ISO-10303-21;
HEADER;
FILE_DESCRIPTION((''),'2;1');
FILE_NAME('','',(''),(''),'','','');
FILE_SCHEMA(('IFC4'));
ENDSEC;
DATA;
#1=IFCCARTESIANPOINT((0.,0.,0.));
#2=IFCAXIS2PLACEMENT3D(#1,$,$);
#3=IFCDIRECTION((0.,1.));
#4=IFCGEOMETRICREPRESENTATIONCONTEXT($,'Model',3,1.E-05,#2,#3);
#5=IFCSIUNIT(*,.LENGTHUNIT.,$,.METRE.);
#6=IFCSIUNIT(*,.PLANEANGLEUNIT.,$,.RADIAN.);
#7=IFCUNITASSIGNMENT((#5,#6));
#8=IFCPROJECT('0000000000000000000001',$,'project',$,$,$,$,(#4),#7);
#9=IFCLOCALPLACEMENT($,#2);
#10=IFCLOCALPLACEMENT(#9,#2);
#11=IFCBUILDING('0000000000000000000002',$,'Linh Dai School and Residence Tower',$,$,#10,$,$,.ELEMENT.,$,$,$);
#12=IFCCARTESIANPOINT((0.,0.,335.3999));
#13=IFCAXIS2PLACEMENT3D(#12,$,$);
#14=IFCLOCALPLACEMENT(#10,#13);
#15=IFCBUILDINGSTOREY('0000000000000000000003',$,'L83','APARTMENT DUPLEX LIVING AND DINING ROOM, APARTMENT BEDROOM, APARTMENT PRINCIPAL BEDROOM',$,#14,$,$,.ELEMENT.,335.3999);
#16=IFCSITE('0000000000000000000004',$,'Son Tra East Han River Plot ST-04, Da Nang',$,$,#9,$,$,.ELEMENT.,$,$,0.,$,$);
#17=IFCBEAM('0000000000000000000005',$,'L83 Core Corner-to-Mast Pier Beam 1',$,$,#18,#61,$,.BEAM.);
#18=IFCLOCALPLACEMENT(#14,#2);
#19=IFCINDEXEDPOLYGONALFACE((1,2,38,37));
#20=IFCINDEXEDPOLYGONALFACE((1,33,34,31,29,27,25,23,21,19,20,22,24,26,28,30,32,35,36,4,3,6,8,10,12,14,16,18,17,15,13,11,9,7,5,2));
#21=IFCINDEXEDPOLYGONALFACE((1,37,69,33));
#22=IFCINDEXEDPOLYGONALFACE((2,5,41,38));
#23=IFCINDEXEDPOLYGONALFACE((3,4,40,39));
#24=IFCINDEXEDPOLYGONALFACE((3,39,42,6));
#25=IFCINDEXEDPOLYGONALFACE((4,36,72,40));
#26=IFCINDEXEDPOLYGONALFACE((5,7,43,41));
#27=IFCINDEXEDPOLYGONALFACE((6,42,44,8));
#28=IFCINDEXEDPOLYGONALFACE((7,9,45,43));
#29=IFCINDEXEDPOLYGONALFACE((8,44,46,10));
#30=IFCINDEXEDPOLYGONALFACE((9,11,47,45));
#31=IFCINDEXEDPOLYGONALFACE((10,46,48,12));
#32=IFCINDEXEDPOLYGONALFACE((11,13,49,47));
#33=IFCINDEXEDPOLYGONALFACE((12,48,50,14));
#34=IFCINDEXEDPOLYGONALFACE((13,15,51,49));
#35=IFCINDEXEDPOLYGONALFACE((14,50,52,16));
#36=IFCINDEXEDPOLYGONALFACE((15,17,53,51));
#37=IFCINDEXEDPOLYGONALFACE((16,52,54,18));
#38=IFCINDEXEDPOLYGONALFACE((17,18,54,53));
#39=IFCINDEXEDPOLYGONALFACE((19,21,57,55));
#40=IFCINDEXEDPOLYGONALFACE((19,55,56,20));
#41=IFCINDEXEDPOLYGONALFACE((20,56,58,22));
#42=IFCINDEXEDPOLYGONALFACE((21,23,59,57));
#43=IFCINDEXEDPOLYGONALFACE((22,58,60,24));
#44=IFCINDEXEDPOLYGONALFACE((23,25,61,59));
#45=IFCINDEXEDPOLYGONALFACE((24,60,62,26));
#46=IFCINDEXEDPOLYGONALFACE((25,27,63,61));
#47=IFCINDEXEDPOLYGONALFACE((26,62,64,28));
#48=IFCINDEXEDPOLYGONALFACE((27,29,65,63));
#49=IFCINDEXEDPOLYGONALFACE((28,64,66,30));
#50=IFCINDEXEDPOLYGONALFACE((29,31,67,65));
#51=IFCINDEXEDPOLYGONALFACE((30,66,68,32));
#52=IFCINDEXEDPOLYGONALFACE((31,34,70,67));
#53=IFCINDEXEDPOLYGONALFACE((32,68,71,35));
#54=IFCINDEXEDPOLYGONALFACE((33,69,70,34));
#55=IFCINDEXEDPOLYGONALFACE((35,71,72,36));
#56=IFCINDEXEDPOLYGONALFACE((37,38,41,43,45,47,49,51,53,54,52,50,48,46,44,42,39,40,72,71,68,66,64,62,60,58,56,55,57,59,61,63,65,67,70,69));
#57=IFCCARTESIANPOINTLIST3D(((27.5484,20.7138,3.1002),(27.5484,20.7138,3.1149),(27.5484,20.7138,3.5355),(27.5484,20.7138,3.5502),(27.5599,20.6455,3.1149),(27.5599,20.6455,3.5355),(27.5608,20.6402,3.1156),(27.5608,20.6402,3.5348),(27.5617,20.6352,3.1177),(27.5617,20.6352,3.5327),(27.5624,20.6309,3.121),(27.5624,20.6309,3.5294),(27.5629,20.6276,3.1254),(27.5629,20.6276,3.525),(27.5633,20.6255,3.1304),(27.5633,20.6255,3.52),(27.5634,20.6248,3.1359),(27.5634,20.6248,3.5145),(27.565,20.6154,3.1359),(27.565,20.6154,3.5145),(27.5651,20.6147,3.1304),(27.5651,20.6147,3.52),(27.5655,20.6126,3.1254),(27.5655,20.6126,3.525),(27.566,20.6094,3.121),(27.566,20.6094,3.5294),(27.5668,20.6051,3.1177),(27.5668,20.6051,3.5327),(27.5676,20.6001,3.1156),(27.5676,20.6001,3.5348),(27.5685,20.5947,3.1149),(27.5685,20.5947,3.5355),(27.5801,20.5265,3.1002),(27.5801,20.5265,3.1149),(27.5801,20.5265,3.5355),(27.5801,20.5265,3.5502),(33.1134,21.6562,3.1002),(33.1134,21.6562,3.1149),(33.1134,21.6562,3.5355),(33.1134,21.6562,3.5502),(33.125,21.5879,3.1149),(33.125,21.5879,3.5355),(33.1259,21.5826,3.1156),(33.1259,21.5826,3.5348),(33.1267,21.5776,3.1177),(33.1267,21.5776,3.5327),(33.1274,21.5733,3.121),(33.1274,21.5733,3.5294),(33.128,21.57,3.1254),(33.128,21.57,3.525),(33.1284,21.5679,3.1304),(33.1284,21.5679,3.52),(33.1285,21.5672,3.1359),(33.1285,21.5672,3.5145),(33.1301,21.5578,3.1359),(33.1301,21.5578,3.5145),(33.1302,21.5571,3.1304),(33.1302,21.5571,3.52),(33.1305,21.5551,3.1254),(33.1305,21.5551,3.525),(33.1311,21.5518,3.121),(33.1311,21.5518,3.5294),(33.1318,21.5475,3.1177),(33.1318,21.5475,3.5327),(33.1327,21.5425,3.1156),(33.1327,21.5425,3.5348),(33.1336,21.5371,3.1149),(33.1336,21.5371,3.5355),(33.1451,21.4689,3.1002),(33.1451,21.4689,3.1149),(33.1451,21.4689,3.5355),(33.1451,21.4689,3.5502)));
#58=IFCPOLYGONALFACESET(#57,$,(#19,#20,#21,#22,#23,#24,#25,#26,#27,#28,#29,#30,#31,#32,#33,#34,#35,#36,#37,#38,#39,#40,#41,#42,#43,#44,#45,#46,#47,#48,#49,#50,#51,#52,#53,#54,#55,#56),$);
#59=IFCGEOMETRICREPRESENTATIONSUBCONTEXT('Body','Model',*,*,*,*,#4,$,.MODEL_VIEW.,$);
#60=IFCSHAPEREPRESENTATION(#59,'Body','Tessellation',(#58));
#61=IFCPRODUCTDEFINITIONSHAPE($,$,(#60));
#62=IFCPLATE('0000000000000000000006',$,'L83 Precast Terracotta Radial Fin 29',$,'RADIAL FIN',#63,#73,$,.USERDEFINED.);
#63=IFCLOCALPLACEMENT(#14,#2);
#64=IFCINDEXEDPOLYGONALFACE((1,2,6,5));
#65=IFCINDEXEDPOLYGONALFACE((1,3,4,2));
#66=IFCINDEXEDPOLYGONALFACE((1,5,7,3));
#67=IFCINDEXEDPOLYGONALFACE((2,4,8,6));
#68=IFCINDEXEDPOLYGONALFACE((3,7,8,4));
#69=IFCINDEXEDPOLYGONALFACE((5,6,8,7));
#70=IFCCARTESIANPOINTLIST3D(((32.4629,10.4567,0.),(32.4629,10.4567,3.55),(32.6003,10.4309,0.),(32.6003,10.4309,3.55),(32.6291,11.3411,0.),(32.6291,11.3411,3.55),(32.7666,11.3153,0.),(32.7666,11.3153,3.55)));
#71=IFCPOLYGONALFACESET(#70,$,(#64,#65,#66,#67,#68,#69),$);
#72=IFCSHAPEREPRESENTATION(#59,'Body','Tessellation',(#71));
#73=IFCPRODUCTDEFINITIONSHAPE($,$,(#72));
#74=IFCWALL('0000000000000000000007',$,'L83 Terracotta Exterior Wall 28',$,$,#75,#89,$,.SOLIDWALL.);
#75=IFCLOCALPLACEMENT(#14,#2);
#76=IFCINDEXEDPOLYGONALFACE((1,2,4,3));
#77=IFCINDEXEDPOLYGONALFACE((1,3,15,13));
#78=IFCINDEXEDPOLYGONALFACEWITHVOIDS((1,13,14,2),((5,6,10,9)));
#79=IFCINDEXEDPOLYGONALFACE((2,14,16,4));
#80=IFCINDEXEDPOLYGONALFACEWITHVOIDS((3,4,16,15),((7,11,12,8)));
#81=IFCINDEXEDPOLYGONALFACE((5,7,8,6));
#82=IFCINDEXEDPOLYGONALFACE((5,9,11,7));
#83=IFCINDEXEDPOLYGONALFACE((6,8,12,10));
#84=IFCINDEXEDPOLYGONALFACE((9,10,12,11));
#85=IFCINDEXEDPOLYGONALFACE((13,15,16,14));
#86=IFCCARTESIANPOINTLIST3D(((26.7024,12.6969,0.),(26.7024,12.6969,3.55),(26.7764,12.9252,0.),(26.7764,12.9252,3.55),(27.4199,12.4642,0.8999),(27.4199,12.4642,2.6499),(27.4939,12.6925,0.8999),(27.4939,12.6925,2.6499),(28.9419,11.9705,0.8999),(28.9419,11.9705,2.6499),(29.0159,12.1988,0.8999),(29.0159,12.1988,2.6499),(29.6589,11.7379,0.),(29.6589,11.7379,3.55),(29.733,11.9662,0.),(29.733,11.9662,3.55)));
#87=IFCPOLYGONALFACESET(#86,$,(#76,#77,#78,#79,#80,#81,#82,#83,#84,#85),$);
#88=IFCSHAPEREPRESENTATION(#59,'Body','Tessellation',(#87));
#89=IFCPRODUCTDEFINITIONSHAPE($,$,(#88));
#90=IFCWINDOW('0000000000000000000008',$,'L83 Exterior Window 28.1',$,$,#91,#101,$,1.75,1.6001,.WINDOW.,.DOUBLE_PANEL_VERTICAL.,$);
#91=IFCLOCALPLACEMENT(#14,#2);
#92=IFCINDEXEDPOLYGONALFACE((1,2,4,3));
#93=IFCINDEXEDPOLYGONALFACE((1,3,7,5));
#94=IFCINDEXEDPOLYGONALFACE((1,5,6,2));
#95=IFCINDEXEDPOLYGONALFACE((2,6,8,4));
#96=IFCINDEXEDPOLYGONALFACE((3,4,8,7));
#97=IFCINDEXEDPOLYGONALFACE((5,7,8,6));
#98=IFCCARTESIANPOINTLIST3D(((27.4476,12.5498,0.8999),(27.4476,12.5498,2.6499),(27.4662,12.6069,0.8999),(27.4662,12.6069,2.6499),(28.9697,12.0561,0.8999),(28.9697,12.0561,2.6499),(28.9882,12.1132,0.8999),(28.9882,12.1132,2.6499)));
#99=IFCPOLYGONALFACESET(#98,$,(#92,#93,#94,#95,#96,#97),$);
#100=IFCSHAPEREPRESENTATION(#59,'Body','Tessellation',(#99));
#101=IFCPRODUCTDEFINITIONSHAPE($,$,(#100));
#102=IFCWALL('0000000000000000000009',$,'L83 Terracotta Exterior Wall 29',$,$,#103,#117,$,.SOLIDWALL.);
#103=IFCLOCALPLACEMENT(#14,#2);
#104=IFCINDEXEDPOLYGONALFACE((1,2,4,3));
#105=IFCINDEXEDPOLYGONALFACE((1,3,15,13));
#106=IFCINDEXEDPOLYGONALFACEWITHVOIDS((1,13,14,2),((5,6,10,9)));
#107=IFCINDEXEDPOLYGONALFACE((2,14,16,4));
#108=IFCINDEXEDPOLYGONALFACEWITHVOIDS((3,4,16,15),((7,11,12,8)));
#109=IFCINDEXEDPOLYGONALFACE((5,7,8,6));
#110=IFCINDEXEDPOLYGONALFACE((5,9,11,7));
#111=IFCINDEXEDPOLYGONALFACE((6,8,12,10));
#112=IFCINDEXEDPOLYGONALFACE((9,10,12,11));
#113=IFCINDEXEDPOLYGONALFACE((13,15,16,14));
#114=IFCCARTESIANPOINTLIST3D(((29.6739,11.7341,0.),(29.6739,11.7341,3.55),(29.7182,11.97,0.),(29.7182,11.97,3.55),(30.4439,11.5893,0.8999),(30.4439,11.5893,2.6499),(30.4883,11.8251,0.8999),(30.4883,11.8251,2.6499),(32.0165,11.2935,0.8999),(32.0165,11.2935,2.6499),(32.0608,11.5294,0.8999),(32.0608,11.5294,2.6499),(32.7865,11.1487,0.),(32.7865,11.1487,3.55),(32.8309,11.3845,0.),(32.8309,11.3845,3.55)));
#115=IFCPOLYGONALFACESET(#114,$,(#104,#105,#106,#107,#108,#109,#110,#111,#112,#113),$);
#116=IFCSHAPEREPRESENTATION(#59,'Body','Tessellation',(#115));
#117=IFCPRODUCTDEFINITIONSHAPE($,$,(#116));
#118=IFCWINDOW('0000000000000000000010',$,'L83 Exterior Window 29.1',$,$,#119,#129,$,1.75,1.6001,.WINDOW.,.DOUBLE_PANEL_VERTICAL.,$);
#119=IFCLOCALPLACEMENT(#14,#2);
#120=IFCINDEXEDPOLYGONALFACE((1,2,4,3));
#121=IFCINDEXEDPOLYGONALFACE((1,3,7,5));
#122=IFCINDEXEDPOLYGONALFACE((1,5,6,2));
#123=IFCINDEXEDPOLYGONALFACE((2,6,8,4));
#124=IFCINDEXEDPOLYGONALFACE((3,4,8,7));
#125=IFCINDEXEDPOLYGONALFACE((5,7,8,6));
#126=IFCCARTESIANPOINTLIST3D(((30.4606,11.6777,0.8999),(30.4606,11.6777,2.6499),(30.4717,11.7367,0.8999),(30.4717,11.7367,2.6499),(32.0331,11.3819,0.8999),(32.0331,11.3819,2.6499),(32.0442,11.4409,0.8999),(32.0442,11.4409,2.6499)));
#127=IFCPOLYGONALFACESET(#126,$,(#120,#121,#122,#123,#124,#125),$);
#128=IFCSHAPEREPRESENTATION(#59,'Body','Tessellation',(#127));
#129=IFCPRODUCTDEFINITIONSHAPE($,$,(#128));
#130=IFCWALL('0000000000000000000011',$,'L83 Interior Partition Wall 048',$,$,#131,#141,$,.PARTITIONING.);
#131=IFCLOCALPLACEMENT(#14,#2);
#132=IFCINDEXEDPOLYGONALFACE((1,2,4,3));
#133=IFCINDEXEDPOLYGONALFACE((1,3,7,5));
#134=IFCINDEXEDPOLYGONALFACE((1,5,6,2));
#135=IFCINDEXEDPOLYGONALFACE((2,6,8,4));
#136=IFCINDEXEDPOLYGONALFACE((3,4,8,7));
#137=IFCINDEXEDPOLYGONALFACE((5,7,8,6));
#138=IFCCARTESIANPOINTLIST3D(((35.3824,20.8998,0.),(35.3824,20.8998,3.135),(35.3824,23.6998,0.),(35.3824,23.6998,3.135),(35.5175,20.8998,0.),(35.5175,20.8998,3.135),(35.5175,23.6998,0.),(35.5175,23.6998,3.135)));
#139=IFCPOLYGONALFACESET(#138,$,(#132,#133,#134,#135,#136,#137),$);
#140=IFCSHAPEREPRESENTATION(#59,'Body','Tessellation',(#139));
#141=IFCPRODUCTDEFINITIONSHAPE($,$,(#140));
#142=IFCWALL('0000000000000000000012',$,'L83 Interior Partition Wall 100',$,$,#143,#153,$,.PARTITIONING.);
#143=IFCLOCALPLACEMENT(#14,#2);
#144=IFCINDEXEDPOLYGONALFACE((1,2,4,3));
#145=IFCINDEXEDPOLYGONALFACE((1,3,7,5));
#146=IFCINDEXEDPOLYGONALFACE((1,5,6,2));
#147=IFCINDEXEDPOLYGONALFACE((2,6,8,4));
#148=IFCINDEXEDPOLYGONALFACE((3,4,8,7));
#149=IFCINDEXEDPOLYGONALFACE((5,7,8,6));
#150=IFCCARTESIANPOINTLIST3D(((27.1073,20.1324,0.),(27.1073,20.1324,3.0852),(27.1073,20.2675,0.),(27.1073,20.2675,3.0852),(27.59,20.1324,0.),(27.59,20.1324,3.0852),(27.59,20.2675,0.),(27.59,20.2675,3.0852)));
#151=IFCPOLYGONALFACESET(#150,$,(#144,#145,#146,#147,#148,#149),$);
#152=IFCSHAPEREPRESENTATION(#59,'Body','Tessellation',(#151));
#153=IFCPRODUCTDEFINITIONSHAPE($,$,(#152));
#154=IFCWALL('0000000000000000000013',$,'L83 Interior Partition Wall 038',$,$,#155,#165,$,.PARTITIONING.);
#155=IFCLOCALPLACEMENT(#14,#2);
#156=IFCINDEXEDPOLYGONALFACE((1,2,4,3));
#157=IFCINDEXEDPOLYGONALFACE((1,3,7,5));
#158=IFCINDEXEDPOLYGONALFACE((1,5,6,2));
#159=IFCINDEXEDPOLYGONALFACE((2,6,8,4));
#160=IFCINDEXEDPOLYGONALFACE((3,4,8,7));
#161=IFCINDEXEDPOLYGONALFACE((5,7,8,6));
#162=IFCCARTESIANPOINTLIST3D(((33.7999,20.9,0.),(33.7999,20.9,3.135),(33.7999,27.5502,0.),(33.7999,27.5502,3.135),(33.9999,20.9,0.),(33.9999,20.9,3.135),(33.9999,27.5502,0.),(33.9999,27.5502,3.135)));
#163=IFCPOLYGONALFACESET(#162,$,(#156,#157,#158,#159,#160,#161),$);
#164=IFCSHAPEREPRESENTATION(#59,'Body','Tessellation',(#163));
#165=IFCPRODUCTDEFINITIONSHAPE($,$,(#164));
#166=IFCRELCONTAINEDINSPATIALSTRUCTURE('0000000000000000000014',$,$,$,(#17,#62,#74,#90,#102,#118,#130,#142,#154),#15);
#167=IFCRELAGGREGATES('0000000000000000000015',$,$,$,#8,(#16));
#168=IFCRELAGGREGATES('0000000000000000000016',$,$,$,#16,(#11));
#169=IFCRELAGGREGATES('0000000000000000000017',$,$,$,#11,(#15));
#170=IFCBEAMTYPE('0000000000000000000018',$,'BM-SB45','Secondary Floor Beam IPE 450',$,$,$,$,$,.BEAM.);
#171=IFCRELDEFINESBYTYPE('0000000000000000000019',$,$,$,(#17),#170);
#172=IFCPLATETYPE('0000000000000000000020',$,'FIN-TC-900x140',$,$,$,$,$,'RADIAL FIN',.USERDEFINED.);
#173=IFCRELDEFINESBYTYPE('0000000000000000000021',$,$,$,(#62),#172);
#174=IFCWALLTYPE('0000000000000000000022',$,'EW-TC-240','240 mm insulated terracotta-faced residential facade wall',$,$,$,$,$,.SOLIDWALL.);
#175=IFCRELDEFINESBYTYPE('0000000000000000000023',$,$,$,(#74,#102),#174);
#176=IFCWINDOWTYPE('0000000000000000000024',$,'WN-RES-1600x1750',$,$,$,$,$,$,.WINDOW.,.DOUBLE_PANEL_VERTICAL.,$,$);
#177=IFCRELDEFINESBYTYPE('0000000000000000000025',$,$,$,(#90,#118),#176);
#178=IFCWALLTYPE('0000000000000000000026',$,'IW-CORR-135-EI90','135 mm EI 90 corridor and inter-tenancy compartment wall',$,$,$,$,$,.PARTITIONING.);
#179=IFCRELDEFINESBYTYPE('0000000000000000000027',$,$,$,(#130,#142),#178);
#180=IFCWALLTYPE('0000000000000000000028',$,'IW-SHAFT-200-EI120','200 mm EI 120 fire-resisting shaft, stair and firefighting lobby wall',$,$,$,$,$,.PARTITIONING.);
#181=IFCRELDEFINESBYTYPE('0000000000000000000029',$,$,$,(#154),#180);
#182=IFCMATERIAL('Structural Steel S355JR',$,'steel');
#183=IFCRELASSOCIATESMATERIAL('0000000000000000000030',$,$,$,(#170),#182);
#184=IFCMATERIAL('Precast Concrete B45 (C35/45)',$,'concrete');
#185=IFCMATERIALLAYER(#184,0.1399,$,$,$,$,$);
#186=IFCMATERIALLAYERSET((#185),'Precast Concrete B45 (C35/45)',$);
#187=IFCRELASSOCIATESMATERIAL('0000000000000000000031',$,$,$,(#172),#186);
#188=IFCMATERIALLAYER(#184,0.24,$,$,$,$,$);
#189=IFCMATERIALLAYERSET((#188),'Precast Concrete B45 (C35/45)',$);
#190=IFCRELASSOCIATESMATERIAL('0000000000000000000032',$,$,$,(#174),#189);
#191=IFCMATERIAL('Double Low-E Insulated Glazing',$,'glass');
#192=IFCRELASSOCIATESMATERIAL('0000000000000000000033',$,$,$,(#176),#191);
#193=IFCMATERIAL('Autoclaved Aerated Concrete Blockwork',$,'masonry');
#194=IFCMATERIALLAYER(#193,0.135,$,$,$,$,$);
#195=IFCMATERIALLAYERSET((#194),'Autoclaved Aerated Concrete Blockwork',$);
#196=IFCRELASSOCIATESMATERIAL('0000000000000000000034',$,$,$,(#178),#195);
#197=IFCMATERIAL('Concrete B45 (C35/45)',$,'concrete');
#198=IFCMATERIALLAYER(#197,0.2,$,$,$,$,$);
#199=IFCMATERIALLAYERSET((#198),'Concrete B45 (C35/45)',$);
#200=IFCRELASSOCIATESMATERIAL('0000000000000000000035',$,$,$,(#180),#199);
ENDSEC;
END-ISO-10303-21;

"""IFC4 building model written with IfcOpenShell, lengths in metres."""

from ifc_helpers import new_model, si_unit, direction, frame, frame_2d, origin, origin_2d, place, context, subcontext, project, spatial, rectangle, i_section, extrude, source, transform, mapped, material, layer, layer_set, material_profile, profile_set, type_object, element, fill, save


model = new_model("IFC4")

# Units and contexts
model_context = context("Model", 3, precision=1e-05, world=origin(), true_north=direction((0.0, 1.0)))
body_context = subcontext(model_context, "Body", "Model", "MODEL_VIEW")
ifc_project = project(units=[si_unit("LENGTHUNIT", "METRE"), si_unit("PLANEANGLEUNIT", "RADIAN")], contexts=[model_context])

# Site, building, storey
site_placement = place(None, origin())
site = spatial("IfcSite", under=ifc_project, at=site_placement, Name="Son Tra East Han River Plot ST-04, Da Nang", CompositionType="ELEMENT", RefElevation=0.0)
building_placement = place(site_placement, origin())
building = spatial("IfcBuilding", under=site, at=building_placement, Name="Linh Dai School and Residence Tower", CompositionType="ELEMENT")
storey_placement = place(building_placement, frame((0.0, 0.0, 335.3999)))
storey = spatial("IfcBuildingStorey", under=building, at=storey_placement, Name="L83", Description="APARTMENT DUPLEX LIVING AND DINING ROOM, APARTMENT BEDROOM, APARTMENT PRINCIPAL BEDROOM", CompositionType="ELEMENT", Elevation=335.3999)

# Shared definitions
ifc_material_1 = material(Name="Concrete B45 (C35/45)", Category="concrete")
ifc_material_2 = material(Name="Structural Steel S355JR", Category="steel")

# Beam
ifc_material_profile_1 = material_profile(ifc_material_2, i_section(OverallWidth=0.1899, OverallDepth=0.45, WebThickness=0.0095, FlangeThickness=0.0146, FilletRadius=0.021, at=origin_2d()), Name="IPE 450")
ifc_profile_set_1 = profile_set([ifc_material_profile_1], Name="Structural Steel S355JR")
beam_type_1 = type_object("IfcBeamType", Name="BM-SB45", Description="Secondary Floor Beam IPE 450", PredefinedType="BEAM", material=ifc_profile_set_1)
beam_1_placement = place(storey_placement, frame((27.5642, 20.6201, 3.3252), z_axis=(0.985963, 0.166966, 0.0), x_axis=(-0.166966, 0.985963, 0.0)))
element("IfcBeam", 1, at=beam_1_placement, inside=storey, type_object=beam_type_1, Name="L83 Core Corner-to-Mast Pier Beam 1", PredefinedType="BEAM", context=body_context, shape_type="SweptSolid", body=[
    extrude(i_section(OverallWidth=0.1899, OverallDepth=0.45, WebThickness=0.0095, FlangeThickness=0.0146, FilletRadius=0.021, at=origin_2d()), origin(), (0.0, 0.0, 1.0), 5.6443),
])

# Plate
ifc_material_3 = material(Name="Precast Concrete B45 (C35/45)", Category="concrete")
ifc_layer_1 = layer(ifc_material_3, 0.1399)
ifc_layer_set_1 = layer_set([ifc_layer_1], Name="Precast Concrete B45 (C35/45)")
plate_type = type_object("IfcPlateType", Name="FIN-TC-900x140", ElementType="RADIAL FIN", PredefinedType="USERDEFINED", material=ifc_layer_set_1)
shared_shape_1 = source(origin(), body_context, "Body", "SweptSolid", [
    extrude(rectangle(XDim=0.8999, YDim=0.1399, at=origin_2d()), origin(), (0.0, 0.0, 1.0), 3.55),
])
plate_placement = place(storey_placement, frame((32.6147, 10.886, 0.0), z_axis=(0.0, 0.0, 1.0), x_axis=(-0.184785, -0.982779, 0.0)))
element("IfcPlate", 2, at=plate_placement, inside=storey, type_object=plate_type, Name="L83 Precast Terracotta Radial Fin 29", ObjectType="RADIAL FIN", PredefinedType="USERDEFINED", context=body_context, shape_type="MappedRepresentation", body=[
    mapped(shared_shape_1, transform((0.0, 0.0, 0.0), x_axis=(1.0, 0.0, 0.0), y_axis=(0.0, 1.0, 0.0), z_axis=(0.0, 0.0, 1.0), scale=1.0)),
])

# Walls, openings, windows
ifc_layer_2 = layer(ifc_material_3, 0.24)
ifc_layer_set_2 = layer_set([ifc_layer_2], Name="Precast Concrete B45 (C35/45)")
wall_type_1 = type_object("IfcWallType", Name="EW-TC-240", Description="240 mm insulated terracotta-faced residential facade wall", PredefinedType="SOLIDWALL", material=ifc_layer_set_2)
wall_1_placement = place(storey_placement, frame((29.696, 11.8521, 0.0), z_axis=(0.0, 0.0, 1.0), x_axis=(-0.951213, 0.308535, 0.0)))
wall_1 = element("IfcWall", 3, at=wall_1_placement, inside=storey, type_object=wall_type_1, Name="L83 Terracotta Exterior Wall 28", PredefinedType="SOLIDWALL", context=body_context, shape_type="SweptSolid", body=[
    extrude(rectangle(XDim=3.1082, YDim=0.24, at=frame_2d((1.5542, 0.0))), origin(), (0.0, 0.0, 1.0), 3.55),
])
opening_1_placement = place(wall_1_placement, frame((0.7539, 0.0, 0.8999)))
opening_1 = element("IfcOpeningElement", 4, at=opening_1_placement, cuts=wall_1, PredefinedType="OPENING", context=body_context, shape_type="SweptSolid", body=[
    extrude(rectangle(XDim=1.6001, YDim=1.75, at=origin_2d()), frame((0.8, 0.1299, 0.875), z_axis=(0.0, -1.0, 0.0), x_axis=(1.0, 0.0, 0.0)), (0.0, 0.0, 1.0), 0.26),
])
ifc_material_4 = material(Name="Double Low-E Insulated Glazing", Category="glass")
window_type = type_object("IfcWindowType", Name="WN-RES-1600x1750", PartitioningType="DOUBLE_PANEL_VERTICAL", PredefinedType="WINDOW", material=ifc_material_4)
shared_shape_2 = source(origin(), body_context, "Body", "SweptSolid", [
    extrude(rectangle(XDim=1.6001, YDim=1.75, at=origin_2d()), frame((0.8, 0.03, 0.875), z_axis=(0.0, -1.0, 0.0), x_axis=(1.0, 0.0, 0.0)), (0.0, 0.0, 1.0), 0.0601),
])
window_1_placement = place(opening_1_placement, origin())
window_1 = element("IfcWindow", 5, at=window_1_placement, inside=storey, type_object=window_type, Name="L83 Exterior Window 28.1", OverallHeight=1.75, OverallWidth=1.6001, PartitioningType="DOUBLE_PANEL_VERTICAL", PredefinedType="WINDOW", context=body_context, shape_type="MappedRepresentation", body=[
    mapped(shared_shape_2, transform((0.0, 0.0, 0.0), x_axis=(1.0, 0.0, 0.0), y_axis=(0.0, 1.0, 0.0), z_axis=(0.0, 0.0, 1.0), scale=1.0)),
])
fill(opening_1, window_1)
wall_2_placement = place(storey_placement, frame((32.8086, 11.2666, 0.0), z_axis=(0.0, 0.0, 1.0), x_axis=(-0.982766, 0.184852, 0.0)))
wall_2 = element("IfcWall", 6, at=wall_2_placement, inside=storey, type_object=wall_type_1, Name="L83 Terracotta Exterior Wall 29", PredefinedType="SOLIDWALL", context=body_context, shape_type="SweptSolid", body=[
    extrude(rectangle(XDim=3.1672, YDim=0.24, at=frame_2d((1.5835, 0.0))), origin(), (0.0, 0.0, 1.0), 3.55),
])
opening_2_placement = place(wall_2_placement, frame((0.7834, 0.0, 0.8999)))
opening_2 = element("IfcOpeningElement", 7, at=opening_2_placement, cuts=wall_2, PredefinedType="OPENING", context=body_context, shape_type="SweptSolid", body=[
    extrude(rectangle(XDim=1.6001, YDim=1.75, at=origin_2d()), frame((0.8, 0.1299, 0.875), z_axis=(0.0, -1.0, 0.0), x_axis=(1.0, 0.0, 0.0)), (0.0, 0.0, 1.0), 0.26),
])
window_2_placement = place(opening_2_placement, origin())
window_2 = element("IfcWindow", 8, at=window_2_placement, inside=storey, type_object=window_type, Name="L83 Exterior Window 29.1", OverallHeight=1.75, OverallWidth=1.6001, PartitioningType="DOUBLE_PANEL_VERTICAL", PredefinedType="WINDOW", context=body_context, shape_type="MappedRepresentation", body=[
    mapped(shared_shape_2, transform((0.0, 0.0, 0.0), x_axis=(1.0, 0.0, 0.0), y_axis=(0.0, 1.0, 0.0), z_axis=(0.0, 0.0, 1.0), scale=1.0)),
])
fill(opening_2, window_2)

# Walls
ifc_material_5 = material(Name="Autoclaved Aerated Concrete Blockwork", Category="masonry")
ifc_layer_3 = layer(ifc_material_5, 0.135)
ifc_layer_set_3 = layer_set([ifc_layer_3], Name="Autoclaved Aerated Concrete Blockwork")
wall_type_2 = type_object("IfcWallType", Name="IW-CORR-135-EI90", Description="135 mm EI 90 corridor and inter-tenancy compartment wall", PredefinedType="PARTITIONING", material=ifc_layer_set_3)
wall_3_placement = place(storey_placement, frame((35.45, 20.8999, 0.0), z_axis=(0.0, 0.0, 1.0), x_axis=(0.0, 1.0, 0.0)))
element("IfcWall", 9, at=wall_3_placement, inside=storey, type_object=wall_type_2, Name="L83 Interior Partition Wall 048", PredefinedType="PARTITIONING", context=body_context, shape_type="SweptSolid", body=[
    extrude(rectangle(XDim=2.8, YDim=0.135, at=frame_2d((1.3999, 0.0))), origin(), (0.0, 0.0, 1.0), 3.135),
])
wall_4_placement = place(storey_placement, frame((27.1074, 20.2, 0.0), z_axis=(0.0, 0.0, 1.0), x_axis=(1.0, 0.0, 0.0)))
element("IfcWall", 10, at=wall_4_placement, inside=storey, type_object=wall_type_2, Name="L83 Interior Partition Wall 100", PredefinedType="PARTITIONING", context=body_context, shape_type="SweptSolid", body=[
    extrude(rectangle(XDim=0.4827, YDim=0.135, at=frame_2d((0.2412, 0.0))), origin(), (0.0, 0.0, 1.0), 3.0852),
])
ifc_layer_4 = layer(ifc_material_1, 0.2)
ifc_layer_set_4 = layer_set([ifc_layer_4], Name="Concrete B45 (C35/45)")
wall_type_3 = type_object("IfcWallType", Name="IW-SHAFT-200-EI120", Description="200 mm EI 120 fire-resisting shaft, stair and firefighting lobby wall", PredefinedType="PARTITIONING", material=ifc_layer_set_4)
wall_5_placement = place(storey_placement, frame((33.8999, 20.8999, 0.0), z_axis=(0.0, 0.0, 1.0), x_axis=(0.0, 1.0, 0.0)))
element("IfcWall", 11, at=wall_5_placement, inside=storey, type_object=wall_type_3, Name="L83 Interior Partition Wall 038", PredefinedType="PARTITIONING", context=body_context, shape_type="SweptSolid", body=[
    extrude(rectangle(XDim=6.6501, YDim=0.2, at=frame_2d((3.3252, 0.0))), origin(), (0.0, 0.0, 1.0), 3.135),
])

save(model, "model.ifc")
